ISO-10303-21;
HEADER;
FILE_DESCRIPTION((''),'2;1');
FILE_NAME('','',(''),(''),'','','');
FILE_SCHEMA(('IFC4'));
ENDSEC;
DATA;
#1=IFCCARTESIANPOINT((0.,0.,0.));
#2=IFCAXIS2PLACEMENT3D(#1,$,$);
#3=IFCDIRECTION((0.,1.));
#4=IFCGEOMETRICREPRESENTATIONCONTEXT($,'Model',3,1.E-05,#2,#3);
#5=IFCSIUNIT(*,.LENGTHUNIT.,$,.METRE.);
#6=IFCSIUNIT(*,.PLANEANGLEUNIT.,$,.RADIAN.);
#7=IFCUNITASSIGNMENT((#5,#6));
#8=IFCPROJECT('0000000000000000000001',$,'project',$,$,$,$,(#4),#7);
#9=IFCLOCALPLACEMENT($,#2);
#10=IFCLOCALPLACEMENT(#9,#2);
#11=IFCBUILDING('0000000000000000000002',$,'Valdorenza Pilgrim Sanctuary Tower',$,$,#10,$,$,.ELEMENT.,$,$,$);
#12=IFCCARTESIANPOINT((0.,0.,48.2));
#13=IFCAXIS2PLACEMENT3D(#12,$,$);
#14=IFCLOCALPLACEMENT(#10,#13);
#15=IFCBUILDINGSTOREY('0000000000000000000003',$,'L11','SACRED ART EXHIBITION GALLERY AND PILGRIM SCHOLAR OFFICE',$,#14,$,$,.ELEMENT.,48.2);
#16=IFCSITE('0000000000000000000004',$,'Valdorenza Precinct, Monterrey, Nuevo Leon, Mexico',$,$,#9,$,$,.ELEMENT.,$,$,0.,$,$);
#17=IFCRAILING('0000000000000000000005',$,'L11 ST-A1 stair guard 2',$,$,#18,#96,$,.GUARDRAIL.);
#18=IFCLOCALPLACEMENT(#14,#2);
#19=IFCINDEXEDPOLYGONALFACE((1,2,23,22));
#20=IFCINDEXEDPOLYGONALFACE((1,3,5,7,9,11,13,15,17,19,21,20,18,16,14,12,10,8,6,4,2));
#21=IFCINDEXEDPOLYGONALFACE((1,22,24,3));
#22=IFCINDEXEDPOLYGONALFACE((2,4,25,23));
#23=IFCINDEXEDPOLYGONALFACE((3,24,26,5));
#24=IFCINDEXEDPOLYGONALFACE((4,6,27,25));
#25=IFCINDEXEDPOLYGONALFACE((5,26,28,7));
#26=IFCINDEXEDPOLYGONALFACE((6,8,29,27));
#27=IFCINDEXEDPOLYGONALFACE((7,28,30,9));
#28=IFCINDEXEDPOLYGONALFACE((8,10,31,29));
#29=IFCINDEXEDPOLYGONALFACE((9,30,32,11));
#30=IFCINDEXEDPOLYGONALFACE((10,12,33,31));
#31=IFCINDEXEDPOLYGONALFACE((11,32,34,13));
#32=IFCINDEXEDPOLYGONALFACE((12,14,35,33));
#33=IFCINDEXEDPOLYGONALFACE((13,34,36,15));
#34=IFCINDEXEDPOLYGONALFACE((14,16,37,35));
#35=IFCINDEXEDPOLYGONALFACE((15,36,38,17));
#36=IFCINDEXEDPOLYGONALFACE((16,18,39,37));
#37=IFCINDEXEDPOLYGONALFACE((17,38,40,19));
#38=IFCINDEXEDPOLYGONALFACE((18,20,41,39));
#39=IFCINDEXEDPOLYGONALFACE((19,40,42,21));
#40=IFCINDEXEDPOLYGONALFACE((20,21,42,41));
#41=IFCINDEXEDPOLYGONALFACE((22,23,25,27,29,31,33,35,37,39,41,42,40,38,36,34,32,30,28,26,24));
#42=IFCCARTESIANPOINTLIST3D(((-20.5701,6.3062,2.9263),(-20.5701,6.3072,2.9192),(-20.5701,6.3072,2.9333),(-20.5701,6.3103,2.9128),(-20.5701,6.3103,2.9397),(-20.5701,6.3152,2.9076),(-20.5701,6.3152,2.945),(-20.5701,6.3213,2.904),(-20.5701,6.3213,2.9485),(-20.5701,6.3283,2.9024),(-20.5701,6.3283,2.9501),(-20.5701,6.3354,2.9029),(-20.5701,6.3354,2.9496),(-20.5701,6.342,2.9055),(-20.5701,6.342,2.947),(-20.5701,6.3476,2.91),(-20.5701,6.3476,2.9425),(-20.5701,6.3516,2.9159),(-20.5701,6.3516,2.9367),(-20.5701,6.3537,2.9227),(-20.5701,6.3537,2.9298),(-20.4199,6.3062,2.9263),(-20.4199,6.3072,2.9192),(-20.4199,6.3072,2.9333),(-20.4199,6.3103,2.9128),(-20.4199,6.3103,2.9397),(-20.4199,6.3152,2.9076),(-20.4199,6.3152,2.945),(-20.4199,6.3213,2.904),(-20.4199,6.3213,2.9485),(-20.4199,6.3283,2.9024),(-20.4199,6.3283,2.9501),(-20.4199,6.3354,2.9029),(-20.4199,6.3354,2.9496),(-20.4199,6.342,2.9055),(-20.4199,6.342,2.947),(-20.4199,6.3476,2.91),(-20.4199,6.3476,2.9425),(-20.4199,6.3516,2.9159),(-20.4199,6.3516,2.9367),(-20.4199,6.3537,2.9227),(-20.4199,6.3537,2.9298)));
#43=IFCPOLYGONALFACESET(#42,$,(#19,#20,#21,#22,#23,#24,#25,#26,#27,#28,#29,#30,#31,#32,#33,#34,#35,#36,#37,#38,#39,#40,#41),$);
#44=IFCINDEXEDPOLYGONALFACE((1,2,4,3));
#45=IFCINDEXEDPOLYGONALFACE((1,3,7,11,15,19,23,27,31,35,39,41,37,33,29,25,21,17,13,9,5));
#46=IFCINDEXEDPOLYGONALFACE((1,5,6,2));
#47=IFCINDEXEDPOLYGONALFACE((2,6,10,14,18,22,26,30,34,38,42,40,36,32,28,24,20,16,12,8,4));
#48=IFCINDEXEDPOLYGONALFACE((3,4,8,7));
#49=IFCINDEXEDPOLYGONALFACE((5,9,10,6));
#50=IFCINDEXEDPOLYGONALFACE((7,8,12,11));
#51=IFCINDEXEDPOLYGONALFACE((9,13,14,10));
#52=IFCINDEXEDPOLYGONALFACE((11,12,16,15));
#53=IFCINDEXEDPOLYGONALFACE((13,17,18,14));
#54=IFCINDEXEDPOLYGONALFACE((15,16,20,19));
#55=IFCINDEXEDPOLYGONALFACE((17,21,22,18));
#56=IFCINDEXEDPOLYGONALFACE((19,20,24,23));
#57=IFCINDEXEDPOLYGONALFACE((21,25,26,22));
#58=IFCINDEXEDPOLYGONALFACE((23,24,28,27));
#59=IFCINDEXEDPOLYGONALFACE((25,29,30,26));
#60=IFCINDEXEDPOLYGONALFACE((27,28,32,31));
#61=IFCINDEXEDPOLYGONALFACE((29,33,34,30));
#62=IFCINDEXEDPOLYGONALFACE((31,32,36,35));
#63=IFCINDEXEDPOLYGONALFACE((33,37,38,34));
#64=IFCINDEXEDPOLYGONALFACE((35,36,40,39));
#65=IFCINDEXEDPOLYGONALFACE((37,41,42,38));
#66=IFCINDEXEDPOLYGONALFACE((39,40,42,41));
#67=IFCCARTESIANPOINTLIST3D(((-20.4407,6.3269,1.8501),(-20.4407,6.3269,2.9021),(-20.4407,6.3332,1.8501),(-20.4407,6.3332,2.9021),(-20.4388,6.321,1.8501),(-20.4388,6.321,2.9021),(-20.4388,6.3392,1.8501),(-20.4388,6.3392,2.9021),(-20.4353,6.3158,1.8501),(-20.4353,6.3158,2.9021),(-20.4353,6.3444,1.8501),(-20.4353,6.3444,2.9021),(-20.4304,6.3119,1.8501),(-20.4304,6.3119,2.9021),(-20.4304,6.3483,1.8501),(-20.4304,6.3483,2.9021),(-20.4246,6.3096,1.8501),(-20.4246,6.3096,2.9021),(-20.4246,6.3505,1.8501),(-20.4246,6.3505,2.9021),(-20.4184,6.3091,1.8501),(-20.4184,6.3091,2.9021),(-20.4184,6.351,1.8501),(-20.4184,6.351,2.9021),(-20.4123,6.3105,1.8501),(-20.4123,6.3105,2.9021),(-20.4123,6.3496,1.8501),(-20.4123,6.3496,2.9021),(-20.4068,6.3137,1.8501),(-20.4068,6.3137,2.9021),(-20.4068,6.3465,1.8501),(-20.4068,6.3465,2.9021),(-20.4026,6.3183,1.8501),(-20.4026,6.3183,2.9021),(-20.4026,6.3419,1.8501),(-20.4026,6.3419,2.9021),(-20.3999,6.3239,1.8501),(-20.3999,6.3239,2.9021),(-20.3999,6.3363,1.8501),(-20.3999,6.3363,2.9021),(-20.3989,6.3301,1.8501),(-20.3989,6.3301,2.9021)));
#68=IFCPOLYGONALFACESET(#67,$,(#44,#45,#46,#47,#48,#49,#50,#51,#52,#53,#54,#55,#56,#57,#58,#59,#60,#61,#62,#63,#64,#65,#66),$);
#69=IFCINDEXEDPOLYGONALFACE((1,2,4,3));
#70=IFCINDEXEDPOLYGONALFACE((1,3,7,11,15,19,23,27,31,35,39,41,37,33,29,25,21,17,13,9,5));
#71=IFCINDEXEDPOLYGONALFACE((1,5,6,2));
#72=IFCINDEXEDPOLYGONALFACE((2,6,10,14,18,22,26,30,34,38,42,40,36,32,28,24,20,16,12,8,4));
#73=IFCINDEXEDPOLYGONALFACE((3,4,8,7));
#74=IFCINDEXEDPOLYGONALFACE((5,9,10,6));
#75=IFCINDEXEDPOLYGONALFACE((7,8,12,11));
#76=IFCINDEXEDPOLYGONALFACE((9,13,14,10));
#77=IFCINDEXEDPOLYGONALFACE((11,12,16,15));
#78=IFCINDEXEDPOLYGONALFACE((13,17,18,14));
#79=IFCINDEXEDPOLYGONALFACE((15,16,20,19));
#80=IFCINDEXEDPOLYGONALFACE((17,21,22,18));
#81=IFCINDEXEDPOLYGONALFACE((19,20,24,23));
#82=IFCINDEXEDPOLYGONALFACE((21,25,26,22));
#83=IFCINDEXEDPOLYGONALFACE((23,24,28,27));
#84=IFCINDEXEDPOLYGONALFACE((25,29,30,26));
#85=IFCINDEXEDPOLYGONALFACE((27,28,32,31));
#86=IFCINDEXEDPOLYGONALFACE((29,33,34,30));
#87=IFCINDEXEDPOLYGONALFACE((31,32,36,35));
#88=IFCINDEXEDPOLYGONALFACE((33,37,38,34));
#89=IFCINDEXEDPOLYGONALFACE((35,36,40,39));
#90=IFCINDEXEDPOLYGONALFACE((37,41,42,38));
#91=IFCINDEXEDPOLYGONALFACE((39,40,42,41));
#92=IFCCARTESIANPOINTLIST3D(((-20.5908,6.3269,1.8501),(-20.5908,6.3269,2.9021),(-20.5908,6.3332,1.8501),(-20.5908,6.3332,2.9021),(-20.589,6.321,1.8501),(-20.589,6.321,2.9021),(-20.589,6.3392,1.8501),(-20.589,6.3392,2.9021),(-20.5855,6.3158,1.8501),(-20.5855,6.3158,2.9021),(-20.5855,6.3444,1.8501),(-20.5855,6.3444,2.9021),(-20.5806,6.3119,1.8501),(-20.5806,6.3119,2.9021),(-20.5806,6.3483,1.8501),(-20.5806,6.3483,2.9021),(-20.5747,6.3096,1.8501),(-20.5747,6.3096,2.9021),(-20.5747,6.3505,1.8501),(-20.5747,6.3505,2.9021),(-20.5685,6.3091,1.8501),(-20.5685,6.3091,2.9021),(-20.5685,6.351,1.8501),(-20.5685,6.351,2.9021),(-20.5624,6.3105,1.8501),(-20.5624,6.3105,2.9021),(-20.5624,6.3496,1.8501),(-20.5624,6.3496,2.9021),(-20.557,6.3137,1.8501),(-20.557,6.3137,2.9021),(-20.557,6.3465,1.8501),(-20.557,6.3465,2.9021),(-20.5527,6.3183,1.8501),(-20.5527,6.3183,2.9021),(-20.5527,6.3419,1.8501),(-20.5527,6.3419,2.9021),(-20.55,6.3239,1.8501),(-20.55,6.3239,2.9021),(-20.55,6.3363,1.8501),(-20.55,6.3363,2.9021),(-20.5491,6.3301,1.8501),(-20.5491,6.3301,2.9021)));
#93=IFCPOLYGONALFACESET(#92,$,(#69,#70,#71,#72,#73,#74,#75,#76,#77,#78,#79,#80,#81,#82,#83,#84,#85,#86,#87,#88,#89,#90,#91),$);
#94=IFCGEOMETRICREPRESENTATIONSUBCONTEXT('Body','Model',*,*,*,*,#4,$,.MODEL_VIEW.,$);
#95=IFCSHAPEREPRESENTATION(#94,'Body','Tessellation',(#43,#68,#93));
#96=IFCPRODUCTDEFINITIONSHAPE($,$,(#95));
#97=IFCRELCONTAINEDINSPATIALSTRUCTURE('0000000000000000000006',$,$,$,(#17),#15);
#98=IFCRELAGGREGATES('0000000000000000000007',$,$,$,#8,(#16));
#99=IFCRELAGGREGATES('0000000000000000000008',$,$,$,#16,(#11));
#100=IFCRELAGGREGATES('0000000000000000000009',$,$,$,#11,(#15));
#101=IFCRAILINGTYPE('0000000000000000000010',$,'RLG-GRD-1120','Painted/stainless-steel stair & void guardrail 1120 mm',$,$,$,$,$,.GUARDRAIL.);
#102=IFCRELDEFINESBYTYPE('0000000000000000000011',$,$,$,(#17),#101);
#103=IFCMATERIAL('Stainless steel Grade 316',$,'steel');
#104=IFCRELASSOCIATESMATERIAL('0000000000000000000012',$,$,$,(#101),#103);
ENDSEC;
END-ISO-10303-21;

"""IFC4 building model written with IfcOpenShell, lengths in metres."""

from ifc_helpers import new_model, si_unit, direction, frame, origin, origin_2d, place, context, subcontext, project, spatial, circle, extrude, material, type_object, element, save


model = new_model("IFC4")

# Units and contexts
model_context = context("Model", 3, precision=1e-05, world=origin(), true_north=direction((0.0, 1.0)))
body_context = subcontext(model_context, "Body", "Model", "MODEL_VIEW")
ifc_project = project(units=[si_unit("LENGTHUNIT", "METRE"), si_unit("PLANEANGLEUNIT", "RADIAN")], contexts=[model_context])

# Site, building, storey
site_placement = place(None, origin())
site = spatial("IfcSite", under=ifc_project, at=site_placement, Name="Valdorenza Precinct, Monterrey, Nuevo Leon, Mexico", CompositionType="ELEMENT", RefElevation=0.0)
building_placement = place(site_placement, origin())
building = spatial("IfcBuilding", under=site, at=building_placement, Name="Valdorenza Pilgrim Sanctuary Tower", CompositionType="ELEMENT")
storey_placement = place(building_placement, frame((0.0, 0.0, 48.2)))
storey = spatial("IfcBuildingStorey", under=building, at=storey_placement, Name="L11", Description="SACRED ART EXHIBITION GALLERY AND PILGRIM SCHOLAR OFFICE", CompositionType="ELEMENT", Elevation=48.2)

# Railing
ifc_material_1 = material(Name="Stainless steel Grade 316", Category="steel")
railing_type_1 = type_object("IfcRailingType", Name="RLG-GRD-1120", Description="Painted/stainless-steel stair & void guardrail 1120 mm", PredefinedType="GUARDRAIL", material=ifc_material_1)
railing_1_placement = place(storey_placement, frame((-20.4199, 6.3301, 1.8501)))
element("IfcRailing", 1, at=railing_1_placement, inside=storey, type_object=railing_type_1, Name="L11 ST-A1 stair guard 2", PredefinedType="GUARDRAIL", context=body_context, shape_type="SweptSolid", body=[
    extrude(circle(Radius=0.0239, at=origin_2d()), frame((0.0, 0.0, 1.0762), z_axis=(-1.0, 0.0, 0.0), x_axis=(0.0, -1.0, 0.0)), (0.0, 0.0, 1.0), 0.1501),
    extrude(circle(Radius=0.021, at=origin_2d()), origin(), (0.0, 0.0, 1.0), 1.052),
    extrude(circle(Radius=0.021, at=origin_2d()), frame((-0.1501, 0.0, 0.0)), (0.0, 0.0, 1.0), 1.052),
])

save(model, "model.ifc")
